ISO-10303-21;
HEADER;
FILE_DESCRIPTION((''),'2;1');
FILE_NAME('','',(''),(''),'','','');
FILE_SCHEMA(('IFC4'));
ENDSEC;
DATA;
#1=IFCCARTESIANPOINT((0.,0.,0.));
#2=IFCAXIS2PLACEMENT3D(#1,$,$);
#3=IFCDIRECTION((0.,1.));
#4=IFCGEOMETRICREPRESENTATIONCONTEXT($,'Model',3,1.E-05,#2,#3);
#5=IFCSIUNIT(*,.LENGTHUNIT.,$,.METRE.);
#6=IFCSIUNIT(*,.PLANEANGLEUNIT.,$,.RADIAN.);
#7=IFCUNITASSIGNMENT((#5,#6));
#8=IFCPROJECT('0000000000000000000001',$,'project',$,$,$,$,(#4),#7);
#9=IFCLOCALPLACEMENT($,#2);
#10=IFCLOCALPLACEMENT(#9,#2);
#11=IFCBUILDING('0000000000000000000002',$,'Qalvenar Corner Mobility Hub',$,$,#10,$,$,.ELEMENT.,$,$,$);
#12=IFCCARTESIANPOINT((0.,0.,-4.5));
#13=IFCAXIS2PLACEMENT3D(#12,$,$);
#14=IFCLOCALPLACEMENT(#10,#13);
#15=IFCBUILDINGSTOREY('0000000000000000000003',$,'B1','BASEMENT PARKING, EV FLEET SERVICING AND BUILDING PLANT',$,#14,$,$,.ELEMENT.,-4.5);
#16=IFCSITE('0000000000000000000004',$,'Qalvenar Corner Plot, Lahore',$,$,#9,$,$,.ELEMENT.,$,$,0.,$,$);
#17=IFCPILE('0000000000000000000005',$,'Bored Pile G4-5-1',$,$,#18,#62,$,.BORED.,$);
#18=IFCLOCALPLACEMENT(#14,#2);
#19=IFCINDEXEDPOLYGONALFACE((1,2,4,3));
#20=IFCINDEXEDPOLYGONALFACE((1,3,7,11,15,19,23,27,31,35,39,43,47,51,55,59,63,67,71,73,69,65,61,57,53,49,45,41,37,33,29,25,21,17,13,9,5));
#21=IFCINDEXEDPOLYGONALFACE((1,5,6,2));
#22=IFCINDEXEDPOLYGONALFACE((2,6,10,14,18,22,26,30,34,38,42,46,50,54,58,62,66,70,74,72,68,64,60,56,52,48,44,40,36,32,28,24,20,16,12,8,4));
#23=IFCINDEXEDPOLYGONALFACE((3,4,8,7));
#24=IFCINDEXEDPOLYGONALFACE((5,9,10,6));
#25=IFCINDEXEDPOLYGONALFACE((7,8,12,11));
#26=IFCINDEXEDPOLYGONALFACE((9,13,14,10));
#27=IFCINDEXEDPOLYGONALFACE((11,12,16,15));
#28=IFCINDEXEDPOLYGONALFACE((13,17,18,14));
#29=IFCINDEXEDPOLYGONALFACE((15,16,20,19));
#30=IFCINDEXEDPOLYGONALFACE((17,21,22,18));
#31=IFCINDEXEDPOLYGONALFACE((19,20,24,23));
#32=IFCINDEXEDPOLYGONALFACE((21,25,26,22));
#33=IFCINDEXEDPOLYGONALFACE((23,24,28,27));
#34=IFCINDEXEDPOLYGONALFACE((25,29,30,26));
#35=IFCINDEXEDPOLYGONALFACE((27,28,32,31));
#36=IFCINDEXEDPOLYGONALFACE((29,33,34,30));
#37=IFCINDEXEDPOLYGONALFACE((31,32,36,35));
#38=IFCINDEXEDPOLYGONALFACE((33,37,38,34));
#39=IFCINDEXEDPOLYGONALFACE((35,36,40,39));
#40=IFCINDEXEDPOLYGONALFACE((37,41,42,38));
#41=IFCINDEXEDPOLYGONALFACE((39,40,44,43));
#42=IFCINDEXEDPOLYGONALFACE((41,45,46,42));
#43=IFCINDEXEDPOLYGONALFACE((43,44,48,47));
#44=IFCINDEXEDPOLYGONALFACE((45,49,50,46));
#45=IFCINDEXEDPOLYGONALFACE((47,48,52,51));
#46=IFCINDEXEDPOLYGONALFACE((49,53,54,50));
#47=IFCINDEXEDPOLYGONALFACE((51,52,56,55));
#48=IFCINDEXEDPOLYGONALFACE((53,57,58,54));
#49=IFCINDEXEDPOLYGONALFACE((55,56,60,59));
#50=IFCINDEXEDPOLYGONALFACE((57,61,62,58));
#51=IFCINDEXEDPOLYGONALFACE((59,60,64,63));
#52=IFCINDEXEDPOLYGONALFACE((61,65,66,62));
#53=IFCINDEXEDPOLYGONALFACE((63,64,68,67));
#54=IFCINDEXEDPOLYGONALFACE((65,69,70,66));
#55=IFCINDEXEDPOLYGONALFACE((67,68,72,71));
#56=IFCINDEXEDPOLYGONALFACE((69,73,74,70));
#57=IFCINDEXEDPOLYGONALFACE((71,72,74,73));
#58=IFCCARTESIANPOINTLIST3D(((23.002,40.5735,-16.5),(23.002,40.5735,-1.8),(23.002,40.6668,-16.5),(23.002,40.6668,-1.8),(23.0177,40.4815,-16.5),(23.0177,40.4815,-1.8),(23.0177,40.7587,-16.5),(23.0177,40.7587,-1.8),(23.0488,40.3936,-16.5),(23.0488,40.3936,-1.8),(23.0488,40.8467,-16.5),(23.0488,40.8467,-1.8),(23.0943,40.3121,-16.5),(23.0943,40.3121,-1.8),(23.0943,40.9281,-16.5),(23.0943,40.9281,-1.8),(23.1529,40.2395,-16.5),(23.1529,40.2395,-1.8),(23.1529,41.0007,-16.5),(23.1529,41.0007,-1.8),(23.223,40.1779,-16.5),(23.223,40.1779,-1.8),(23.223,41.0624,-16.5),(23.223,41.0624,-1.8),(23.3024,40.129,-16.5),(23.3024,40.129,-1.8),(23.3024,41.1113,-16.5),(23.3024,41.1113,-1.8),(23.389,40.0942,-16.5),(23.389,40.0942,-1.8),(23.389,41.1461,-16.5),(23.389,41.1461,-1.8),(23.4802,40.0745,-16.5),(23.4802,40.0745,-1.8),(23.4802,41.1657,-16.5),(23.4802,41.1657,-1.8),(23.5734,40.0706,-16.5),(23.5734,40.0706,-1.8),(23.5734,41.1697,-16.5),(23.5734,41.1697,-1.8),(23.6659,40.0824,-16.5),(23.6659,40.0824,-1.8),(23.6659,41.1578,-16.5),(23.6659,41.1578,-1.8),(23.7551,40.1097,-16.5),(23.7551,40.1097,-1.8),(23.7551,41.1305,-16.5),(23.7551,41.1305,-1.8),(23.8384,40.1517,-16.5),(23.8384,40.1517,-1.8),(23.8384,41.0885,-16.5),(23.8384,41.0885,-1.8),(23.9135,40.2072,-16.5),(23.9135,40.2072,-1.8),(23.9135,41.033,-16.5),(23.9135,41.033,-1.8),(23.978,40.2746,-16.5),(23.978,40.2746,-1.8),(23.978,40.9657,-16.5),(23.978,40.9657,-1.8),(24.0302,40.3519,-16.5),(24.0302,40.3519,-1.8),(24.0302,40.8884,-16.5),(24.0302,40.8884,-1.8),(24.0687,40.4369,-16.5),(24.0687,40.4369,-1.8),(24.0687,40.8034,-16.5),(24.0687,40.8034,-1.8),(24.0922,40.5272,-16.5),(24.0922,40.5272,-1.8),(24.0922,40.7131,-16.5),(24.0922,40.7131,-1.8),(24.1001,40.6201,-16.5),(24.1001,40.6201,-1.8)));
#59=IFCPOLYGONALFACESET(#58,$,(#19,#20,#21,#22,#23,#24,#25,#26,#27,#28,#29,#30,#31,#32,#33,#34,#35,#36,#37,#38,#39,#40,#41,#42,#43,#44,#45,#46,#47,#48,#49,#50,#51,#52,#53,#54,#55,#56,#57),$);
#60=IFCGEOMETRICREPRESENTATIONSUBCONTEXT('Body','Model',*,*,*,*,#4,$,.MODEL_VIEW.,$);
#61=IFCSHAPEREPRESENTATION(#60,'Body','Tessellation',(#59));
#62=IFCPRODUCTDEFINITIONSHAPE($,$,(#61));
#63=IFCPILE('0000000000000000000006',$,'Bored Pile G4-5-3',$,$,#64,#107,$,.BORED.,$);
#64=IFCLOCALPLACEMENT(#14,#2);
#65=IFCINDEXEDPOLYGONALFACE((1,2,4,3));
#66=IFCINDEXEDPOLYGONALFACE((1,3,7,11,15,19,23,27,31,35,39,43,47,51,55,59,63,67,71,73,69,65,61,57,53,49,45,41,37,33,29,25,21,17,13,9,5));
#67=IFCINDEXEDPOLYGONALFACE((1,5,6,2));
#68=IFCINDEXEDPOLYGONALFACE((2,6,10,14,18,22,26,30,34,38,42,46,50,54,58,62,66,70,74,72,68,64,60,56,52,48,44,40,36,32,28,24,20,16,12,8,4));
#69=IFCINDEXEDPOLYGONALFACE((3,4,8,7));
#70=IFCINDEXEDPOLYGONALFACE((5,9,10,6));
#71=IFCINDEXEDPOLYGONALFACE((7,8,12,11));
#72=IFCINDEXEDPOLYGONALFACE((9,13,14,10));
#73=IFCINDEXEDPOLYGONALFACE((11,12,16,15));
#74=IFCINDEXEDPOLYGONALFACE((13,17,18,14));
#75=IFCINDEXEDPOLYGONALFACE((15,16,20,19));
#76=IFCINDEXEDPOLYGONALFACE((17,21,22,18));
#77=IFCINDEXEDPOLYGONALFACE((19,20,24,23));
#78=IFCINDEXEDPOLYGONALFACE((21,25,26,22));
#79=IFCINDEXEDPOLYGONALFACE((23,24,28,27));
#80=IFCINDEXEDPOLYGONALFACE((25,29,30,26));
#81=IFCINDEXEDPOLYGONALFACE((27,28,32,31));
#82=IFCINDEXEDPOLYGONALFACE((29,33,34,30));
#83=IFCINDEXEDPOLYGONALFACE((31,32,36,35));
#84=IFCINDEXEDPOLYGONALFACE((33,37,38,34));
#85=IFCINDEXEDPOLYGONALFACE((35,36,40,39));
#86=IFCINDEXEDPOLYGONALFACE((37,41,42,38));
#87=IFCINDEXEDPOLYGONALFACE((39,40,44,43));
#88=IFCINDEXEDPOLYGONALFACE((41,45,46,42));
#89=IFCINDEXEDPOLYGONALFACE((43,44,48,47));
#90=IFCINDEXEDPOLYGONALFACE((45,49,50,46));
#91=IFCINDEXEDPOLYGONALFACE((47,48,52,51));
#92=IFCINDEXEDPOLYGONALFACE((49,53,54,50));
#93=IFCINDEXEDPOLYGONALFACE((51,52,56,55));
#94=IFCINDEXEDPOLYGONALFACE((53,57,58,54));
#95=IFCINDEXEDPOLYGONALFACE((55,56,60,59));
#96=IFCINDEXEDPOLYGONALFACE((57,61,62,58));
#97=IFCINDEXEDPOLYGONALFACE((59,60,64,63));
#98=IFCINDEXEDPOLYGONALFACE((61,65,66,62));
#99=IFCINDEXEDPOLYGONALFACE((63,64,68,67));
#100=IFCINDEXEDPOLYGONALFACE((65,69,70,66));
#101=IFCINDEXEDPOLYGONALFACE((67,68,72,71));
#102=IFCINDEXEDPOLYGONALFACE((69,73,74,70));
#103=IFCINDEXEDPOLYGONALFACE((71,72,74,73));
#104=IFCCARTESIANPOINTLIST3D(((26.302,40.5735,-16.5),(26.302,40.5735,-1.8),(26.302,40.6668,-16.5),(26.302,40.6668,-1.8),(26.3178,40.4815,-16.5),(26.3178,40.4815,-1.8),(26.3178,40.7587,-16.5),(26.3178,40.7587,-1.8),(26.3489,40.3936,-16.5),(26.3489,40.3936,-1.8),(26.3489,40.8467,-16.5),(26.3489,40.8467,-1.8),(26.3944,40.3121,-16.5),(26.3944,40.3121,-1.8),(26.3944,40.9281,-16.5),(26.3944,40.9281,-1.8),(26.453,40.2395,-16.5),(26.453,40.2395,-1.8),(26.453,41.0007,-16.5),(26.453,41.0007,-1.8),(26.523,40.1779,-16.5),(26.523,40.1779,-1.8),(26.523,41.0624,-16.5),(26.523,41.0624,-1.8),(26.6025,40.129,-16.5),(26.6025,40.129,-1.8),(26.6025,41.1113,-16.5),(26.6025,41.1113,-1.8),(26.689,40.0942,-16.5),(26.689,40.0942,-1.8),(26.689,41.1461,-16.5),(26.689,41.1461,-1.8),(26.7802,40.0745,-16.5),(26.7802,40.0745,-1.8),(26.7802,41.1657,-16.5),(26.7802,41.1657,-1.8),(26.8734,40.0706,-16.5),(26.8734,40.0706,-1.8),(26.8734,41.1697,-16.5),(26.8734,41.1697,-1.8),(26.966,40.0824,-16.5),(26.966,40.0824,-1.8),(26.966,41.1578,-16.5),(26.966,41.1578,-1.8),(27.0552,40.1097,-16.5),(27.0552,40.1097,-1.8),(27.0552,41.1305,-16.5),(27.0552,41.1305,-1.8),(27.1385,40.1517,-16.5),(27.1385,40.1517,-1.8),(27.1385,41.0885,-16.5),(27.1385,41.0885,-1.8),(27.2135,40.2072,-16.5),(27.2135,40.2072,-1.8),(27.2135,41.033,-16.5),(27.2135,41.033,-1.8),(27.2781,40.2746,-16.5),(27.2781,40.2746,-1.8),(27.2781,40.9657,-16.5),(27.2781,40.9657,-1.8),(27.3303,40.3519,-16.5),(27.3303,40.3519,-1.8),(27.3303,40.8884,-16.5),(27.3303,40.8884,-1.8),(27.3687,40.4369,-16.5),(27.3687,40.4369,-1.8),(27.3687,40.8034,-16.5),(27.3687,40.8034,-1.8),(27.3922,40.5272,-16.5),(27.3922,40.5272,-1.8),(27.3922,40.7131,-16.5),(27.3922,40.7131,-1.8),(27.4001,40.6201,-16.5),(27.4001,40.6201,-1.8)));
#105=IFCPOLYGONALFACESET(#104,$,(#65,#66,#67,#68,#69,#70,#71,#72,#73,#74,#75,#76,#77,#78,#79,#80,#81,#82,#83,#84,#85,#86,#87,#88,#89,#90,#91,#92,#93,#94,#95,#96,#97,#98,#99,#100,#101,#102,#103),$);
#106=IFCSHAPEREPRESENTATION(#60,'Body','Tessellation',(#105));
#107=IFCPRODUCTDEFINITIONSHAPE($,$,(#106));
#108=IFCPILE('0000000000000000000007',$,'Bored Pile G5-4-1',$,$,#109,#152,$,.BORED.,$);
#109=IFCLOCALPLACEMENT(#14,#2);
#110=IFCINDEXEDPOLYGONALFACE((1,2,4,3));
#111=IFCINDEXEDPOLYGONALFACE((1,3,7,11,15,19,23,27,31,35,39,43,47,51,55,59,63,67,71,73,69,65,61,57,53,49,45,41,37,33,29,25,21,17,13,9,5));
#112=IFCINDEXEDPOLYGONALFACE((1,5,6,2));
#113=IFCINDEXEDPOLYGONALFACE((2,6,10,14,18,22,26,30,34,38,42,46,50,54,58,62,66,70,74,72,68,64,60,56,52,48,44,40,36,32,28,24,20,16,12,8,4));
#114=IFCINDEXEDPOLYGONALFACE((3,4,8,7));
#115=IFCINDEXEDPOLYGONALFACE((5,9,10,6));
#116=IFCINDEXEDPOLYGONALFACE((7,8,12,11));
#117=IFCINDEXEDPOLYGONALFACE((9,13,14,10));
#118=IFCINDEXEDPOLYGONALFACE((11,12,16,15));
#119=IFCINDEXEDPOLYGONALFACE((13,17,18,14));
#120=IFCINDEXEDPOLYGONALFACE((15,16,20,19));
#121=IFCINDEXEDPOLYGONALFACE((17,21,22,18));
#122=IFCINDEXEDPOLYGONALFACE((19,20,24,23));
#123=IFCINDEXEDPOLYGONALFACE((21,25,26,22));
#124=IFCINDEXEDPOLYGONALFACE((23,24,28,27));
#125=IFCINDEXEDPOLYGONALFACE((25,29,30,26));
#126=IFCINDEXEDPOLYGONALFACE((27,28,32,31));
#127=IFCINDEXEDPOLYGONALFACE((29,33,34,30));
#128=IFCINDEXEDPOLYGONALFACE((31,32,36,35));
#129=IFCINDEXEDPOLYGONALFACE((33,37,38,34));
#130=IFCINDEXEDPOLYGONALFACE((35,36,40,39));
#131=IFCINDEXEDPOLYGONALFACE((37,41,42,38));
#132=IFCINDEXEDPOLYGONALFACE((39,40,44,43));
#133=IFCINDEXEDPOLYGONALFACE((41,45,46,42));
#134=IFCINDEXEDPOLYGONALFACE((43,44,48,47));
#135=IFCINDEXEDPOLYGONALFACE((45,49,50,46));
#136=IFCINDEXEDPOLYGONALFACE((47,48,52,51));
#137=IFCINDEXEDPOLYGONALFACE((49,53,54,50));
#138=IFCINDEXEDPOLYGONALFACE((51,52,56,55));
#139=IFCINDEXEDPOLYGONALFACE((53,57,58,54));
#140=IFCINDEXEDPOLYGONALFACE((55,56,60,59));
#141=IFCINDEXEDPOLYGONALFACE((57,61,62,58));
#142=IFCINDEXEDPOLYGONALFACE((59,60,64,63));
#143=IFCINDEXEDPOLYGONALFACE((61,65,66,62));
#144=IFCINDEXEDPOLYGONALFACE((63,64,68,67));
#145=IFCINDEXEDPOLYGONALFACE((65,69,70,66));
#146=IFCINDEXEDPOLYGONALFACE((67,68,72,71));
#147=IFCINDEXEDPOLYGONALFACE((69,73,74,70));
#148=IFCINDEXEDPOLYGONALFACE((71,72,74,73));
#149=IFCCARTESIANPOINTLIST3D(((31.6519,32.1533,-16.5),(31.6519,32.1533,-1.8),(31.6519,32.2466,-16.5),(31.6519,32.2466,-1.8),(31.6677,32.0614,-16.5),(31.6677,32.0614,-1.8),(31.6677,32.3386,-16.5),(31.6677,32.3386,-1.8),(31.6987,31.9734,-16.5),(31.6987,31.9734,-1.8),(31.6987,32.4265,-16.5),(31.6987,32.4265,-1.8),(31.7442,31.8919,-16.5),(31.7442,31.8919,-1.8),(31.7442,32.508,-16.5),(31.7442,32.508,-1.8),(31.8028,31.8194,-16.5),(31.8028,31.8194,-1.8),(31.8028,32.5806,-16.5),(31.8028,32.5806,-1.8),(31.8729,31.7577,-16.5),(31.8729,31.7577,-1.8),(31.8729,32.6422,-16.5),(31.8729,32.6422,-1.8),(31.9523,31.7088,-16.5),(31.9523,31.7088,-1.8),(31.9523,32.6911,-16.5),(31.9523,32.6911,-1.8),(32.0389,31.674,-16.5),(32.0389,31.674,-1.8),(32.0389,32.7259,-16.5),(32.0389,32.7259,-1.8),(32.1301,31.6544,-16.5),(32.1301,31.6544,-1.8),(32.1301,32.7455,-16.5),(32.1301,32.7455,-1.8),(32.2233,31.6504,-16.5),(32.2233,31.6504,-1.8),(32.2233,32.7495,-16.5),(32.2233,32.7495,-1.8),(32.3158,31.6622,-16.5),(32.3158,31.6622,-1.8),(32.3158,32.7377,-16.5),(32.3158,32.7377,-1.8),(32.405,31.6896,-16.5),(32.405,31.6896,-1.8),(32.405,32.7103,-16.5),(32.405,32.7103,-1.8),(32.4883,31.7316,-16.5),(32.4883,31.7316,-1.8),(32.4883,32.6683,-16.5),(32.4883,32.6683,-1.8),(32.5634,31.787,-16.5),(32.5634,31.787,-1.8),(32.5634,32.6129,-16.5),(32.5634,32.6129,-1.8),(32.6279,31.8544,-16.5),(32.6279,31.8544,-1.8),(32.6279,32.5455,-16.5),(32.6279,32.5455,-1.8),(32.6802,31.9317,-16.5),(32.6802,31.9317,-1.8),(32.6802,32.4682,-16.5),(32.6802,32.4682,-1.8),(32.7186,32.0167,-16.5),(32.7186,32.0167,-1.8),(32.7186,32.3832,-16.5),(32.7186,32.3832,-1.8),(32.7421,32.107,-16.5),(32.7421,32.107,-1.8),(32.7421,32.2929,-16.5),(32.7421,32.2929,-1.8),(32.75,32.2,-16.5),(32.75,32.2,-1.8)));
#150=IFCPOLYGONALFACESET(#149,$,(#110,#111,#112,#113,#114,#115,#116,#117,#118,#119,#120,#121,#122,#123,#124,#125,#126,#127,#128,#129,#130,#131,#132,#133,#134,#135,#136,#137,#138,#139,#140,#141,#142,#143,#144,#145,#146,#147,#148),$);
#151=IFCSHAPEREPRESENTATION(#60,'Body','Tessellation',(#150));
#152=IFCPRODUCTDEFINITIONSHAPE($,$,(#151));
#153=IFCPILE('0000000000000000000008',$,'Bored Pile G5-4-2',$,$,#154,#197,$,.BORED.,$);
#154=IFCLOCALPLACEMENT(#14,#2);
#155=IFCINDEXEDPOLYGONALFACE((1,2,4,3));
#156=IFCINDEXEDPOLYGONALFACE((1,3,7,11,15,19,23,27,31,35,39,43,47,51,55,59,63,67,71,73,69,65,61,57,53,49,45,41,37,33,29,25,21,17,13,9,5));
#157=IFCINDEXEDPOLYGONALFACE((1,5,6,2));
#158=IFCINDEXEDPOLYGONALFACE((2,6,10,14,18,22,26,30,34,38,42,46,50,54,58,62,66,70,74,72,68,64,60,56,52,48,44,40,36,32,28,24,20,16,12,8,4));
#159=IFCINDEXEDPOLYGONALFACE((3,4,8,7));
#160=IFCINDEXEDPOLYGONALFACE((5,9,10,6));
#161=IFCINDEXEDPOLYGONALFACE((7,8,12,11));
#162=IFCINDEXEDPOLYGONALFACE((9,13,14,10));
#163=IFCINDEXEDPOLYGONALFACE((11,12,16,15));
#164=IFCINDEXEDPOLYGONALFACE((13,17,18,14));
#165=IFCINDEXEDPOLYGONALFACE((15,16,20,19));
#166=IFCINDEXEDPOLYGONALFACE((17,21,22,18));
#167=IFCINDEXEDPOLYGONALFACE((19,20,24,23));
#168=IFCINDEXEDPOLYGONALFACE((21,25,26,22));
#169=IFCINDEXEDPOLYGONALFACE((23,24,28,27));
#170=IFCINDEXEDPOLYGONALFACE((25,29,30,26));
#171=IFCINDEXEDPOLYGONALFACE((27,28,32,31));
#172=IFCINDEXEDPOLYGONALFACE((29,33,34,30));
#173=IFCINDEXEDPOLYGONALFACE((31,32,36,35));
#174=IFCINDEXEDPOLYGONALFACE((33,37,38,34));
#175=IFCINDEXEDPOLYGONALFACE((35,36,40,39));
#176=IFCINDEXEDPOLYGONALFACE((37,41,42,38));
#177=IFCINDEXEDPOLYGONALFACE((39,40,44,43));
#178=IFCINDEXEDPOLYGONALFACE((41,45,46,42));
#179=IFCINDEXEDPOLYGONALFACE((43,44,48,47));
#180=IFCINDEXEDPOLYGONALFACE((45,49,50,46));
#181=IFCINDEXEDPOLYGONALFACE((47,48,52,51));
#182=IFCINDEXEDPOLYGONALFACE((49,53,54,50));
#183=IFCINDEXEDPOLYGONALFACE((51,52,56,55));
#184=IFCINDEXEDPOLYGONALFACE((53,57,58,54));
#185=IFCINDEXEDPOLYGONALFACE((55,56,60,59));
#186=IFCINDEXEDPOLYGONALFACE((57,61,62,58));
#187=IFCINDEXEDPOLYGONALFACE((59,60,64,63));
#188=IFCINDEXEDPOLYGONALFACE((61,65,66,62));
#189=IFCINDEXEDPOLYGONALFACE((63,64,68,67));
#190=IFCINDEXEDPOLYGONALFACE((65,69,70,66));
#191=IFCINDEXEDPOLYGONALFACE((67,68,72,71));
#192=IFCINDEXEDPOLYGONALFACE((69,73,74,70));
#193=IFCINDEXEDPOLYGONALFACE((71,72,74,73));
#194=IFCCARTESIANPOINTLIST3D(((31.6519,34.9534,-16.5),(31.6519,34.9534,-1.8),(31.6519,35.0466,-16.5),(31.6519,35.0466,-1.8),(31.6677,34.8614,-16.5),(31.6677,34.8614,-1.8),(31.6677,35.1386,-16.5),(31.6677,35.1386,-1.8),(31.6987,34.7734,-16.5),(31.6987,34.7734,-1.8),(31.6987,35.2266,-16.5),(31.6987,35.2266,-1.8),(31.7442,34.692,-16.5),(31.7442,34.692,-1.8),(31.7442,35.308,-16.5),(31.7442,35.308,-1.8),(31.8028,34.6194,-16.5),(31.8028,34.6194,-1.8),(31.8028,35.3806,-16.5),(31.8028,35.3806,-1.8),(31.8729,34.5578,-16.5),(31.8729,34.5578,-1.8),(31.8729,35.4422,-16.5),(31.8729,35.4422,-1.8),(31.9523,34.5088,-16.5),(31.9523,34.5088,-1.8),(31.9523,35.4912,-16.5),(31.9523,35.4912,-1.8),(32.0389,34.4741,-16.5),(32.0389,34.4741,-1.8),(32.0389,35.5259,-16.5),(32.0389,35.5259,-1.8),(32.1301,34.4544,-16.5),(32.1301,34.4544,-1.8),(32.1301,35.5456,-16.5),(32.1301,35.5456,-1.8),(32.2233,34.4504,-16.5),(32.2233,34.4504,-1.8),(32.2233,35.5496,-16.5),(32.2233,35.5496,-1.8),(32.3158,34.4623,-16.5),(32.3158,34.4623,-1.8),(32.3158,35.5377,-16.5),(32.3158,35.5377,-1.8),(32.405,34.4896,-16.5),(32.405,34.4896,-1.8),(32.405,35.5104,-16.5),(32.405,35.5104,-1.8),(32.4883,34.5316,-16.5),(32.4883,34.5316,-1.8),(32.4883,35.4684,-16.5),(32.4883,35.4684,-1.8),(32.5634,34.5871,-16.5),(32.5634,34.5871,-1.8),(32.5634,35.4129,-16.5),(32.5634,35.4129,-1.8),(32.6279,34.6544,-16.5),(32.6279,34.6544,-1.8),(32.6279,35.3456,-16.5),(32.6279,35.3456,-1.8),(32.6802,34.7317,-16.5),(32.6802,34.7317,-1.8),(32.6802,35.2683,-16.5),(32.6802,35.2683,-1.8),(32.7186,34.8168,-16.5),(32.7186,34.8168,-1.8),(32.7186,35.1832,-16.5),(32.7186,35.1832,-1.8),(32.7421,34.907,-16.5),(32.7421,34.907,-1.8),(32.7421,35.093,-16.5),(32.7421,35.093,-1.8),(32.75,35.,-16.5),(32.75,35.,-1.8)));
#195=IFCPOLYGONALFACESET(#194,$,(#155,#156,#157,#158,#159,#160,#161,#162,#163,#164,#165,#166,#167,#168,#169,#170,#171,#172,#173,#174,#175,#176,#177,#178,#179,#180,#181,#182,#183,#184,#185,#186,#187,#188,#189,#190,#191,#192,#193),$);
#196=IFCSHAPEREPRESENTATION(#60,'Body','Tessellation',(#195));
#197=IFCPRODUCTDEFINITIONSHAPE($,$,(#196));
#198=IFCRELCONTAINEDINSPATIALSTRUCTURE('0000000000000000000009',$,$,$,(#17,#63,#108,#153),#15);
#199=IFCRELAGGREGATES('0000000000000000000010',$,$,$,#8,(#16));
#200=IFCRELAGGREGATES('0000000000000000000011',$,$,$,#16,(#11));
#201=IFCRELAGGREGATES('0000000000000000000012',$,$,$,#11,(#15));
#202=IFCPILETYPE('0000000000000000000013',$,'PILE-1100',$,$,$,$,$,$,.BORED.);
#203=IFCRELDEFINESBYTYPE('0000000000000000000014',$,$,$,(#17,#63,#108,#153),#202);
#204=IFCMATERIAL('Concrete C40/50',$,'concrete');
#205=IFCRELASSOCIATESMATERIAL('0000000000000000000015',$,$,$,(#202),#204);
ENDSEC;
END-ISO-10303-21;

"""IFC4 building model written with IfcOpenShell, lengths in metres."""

from ifc_helpers import new_model, si_unit, direction, frame, origin, origin_2d, place, context, subcontext, project, spatial, circle, extrude, material, material_profile, profile_set, type_object, element, save


model = new_model("IFC4")

# Units and contexts
model_context = context("Model", 3, precision=1e-05, world=origin(), true_north=direction((0.0, 1.0)))
body_context = subcontext(model_context, "Body", "Model", "MODEL_VIEW")
ifc_project = project(units=[si_unit("LENGTHUNIT", "METRE"), si_unit("PLANEANGLEUNIT", "RADIAN")], contexts=[model_context])

# Site, building, storey
site_placement = place(None, origin())
site = spatial("IfcSite", under=ifc_project, at=site_placement, Name="Qalvenar Corner Plot, Lahore", CompositionType="ELEMENT", RefElevation=0.0)
building_placement = place(site_placement, origin())
building = spatial("IfcBuilding", under=site, at=building_placement, Name="Qalvenar Corner Mobility Hub", CompositionType="ELEMENT")
storey_placement = place(building_placement, frame((0.0, 0.0, -4.5)))
storey = spatial("IfcBuildingStorey", under=building, at=storey_placement, Name="B1", Description="BASEMENT PARKING, EV FLEET SERVICING AND BUILDING PLANT", CompositionType="ELEMENT", Elevation=-4.5)

# Shared definitions
ifc_material_1 = material(Name="Concrete C40/50", Category="concrete")

# Piles
ifc_material_profile_1 = material_profile(ifc_material_1, circle(Radius=0.55, at=origin_2d()), Name="DIA1100")
ifc_profile_set_1 = profile_set([ifc_material_profile_1], Name="Concrete C40/50")
pile_type = type_object("IfcPileType", Name="PILE-1100", PredefinedType="BORED", material=ifc_profile_set_1)
for number, where, z_axis, x_axis, name in (
    (1, (23.55, 40.6201, -1.8), (0.0, 0.0, -1.0), (1.0, 0.0, 0.0), "Bored Pile G4-5-1"),
    (2, (26.8501, 40.6201, -1.8), (0.0, 0.0, -1.0), (1.0, 0.0, 0.0), "Bored Pile G4-5-3"),
    (3, (32.2, 32.2, -1.8), (0.0, 0.0, -1.0), (1.0, 0.0, 0.0), "Bored Pile G5-4-1"),
    (4, (32.2, 35.0, -1.8), (0.0, 0.0, -1.0), (1.0, 0.0, 0.0), "Bored Pile G5-4-2"),
):
    element("IfcPile", number, at=place(storey_placement, frame(where, z_axis=z_axis, x_axis=x_axis)), inside=storey, type_object=pile_type, Name=name, PredefinedType="BORED", context=body_context, shape_type="SweptSolid", body=[
        extrude(circle(Radius=0.55, at=origin_2d()), origin(), (0.0, 0.0, 1.0), 14.7),
    ])

save(model, "model.ifc")
